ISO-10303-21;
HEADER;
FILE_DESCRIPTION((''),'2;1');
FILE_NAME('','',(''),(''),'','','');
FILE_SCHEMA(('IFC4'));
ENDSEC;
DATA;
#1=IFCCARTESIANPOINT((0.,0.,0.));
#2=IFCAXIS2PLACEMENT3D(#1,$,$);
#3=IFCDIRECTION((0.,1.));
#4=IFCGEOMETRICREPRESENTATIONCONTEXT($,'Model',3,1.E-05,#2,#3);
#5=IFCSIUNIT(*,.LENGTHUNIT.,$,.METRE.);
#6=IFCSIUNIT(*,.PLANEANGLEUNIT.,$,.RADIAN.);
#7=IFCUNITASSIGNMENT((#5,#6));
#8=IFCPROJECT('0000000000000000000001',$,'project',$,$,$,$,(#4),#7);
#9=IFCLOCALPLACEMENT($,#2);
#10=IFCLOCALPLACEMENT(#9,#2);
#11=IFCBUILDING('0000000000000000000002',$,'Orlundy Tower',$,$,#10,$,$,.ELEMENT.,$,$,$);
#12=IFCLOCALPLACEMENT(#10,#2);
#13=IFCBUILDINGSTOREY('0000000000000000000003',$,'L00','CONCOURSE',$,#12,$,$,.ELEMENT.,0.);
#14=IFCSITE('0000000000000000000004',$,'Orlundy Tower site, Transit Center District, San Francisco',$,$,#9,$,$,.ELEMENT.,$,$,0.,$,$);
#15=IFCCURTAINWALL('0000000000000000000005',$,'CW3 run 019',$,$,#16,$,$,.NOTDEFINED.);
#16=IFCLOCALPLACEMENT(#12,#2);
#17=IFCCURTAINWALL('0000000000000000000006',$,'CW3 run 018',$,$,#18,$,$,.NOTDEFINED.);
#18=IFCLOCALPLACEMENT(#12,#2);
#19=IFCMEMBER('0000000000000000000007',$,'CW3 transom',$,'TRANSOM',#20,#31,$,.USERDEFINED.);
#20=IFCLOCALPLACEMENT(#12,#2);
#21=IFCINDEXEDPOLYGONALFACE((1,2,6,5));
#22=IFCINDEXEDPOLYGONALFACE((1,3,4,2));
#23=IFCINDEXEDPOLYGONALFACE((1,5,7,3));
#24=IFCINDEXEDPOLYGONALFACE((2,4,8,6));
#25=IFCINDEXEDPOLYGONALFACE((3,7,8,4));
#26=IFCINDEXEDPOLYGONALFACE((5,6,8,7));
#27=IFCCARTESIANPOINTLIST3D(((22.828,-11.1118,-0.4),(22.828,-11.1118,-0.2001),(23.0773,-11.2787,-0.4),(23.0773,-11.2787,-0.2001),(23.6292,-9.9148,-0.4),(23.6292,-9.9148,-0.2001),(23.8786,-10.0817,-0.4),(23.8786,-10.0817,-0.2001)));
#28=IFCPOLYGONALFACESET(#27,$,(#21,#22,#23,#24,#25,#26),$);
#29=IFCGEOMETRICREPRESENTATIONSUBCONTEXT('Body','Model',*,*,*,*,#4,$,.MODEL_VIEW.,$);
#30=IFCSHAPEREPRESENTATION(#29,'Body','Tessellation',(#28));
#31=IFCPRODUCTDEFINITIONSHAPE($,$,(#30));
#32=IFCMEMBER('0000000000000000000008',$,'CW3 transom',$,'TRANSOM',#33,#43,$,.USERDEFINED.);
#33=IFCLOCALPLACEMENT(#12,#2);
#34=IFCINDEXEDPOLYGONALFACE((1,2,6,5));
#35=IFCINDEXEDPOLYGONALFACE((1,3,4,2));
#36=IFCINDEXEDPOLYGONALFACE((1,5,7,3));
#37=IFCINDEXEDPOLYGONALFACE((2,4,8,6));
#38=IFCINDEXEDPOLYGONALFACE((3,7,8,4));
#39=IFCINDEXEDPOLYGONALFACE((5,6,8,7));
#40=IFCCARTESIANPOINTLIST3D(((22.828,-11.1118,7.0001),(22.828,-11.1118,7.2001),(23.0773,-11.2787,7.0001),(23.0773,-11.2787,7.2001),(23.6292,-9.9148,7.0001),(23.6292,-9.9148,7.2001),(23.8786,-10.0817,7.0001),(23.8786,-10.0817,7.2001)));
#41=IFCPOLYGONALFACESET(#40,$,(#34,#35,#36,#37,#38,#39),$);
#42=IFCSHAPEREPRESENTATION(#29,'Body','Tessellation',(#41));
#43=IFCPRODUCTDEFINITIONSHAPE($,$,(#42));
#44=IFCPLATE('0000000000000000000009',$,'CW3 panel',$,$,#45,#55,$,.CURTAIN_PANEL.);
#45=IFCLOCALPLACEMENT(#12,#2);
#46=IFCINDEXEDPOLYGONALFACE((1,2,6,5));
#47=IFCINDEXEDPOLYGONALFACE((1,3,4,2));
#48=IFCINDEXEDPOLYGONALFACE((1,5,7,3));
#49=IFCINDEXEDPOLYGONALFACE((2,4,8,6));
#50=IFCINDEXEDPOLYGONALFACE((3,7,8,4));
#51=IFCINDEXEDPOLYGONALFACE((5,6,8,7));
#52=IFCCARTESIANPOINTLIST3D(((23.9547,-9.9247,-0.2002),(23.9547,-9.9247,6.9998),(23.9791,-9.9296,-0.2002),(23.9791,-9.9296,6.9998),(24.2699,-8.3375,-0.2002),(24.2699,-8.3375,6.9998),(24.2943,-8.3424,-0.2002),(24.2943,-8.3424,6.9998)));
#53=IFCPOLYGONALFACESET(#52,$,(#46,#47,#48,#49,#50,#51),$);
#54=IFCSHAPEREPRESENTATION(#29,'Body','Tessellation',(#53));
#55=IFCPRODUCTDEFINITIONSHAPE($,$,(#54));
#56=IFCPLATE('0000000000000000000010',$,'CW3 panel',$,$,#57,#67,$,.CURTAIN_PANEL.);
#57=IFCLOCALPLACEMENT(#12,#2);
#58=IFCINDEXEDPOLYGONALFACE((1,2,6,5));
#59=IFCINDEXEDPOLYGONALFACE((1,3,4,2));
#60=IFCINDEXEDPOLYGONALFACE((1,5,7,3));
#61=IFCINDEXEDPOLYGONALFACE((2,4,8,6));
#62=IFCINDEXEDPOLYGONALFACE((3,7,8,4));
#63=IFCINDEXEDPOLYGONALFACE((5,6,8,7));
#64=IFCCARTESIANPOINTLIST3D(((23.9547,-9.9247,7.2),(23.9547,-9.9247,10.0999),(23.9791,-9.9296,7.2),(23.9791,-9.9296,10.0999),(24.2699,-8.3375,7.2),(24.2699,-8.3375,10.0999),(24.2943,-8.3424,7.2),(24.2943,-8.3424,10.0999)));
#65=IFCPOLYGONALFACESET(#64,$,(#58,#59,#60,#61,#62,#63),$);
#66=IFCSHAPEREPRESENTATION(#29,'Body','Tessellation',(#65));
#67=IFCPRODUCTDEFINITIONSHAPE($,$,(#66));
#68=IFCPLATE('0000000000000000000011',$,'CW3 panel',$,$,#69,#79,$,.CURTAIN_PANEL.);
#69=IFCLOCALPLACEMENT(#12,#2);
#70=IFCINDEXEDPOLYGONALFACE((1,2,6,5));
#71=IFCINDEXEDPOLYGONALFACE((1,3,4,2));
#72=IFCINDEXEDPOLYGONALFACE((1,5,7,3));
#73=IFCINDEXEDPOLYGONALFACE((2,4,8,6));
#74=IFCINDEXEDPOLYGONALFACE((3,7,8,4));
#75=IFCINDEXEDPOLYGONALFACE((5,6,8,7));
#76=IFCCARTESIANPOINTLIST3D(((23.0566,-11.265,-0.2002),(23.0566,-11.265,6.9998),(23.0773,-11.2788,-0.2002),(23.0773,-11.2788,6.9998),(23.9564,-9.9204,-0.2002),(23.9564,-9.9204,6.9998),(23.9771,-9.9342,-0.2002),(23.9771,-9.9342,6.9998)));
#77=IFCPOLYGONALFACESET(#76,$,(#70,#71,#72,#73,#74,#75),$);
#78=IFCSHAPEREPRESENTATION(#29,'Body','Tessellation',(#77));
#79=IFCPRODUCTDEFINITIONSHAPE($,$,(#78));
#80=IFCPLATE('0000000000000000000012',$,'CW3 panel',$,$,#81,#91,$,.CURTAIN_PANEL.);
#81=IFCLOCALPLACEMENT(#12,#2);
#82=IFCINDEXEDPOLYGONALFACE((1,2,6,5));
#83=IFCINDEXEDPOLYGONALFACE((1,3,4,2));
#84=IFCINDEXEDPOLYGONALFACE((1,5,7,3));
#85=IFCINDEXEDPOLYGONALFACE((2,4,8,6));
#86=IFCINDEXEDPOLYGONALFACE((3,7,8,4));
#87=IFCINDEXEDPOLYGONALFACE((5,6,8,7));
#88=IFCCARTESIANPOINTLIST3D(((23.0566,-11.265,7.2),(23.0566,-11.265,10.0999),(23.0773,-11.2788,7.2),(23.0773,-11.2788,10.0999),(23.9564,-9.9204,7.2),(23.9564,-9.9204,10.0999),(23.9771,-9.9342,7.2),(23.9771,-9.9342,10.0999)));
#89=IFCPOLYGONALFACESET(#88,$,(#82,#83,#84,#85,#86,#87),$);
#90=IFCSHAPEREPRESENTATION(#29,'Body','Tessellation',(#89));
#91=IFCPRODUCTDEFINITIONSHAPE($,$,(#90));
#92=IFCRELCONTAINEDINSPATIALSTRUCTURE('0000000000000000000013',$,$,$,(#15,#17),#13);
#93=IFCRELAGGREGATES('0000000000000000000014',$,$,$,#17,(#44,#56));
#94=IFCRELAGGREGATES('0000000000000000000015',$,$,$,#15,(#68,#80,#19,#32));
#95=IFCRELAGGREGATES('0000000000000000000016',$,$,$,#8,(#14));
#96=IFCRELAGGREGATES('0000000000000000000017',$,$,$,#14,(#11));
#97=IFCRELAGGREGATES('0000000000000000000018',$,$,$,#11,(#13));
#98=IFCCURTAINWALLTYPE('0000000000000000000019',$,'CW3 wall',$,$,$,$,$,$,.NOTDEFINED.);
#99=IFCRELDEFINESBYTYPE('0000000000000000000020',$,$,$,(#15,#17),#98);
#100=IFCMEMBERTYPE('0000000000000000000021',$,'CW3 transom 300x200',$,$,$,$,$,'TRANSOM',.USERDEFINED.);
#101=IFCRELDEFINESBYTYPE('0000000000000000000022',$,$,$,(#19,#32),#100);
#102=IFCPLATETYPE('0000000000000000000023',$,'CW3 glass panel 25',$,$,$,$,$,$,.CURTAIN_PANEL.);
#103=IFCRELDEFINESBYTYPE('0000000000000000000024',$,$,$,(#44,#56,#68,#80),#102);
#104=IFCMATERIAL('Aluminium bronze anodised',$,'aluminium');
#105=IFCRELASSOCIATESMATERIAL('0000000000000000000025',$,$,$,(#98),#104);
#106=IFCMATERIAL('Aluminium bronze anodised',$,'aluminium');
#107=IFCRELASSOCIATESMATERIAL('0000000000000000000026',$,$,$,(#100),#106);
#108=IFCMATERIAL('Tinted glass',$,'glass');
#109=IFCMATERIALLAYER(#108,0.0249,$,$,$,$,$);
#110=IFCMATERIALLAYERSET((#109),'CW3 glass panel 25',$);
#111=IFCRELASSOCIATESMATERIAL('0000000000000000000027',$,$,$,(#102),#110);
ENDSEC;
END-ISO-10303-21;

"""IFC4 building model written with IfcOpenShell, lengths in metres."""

from ifc_helpers import new_model, si_unit, direction, frame, origin, origin_2d, place, context, subcontext, project, spatial, rectangle, extrude, material, layer, layer_set, material_profile, profile_set, type_object, element, aggregate, save


model = new_model("IFC4")

# Units and contexts
model_context = context("Model", 3, precision=1e-05, world=origin(), true_north=direction((0.0, 1.0)))
body_context = subcontext(model_context, "Body", "Model", "MODEL_VIEW")
ifc_project = project(units=[si_unit("LENGTHUNIT", "METRE"), si_unit("PLANEANGLEUNIT", "RADIAN")], contexts=[model_context])

# Site, building, storey
site_placement = place(None, origin())
site = spatial("IfcSite", under=ifc_project, at=site_placement, Name="Orlundy Tower site, Transit Center District, San Francisco", CompositionType="ELEMENT", RefElevation=0.0)
building_placement = place(site_placement, origin())
building = spatial("IfcBuilding", under=site, at=building_placement, Name="Orlundy Tower", CompositionType="ELEMENT")
storey_placement = place(building_placement, origin())
storey = spatial("IfcBuildingStorey", under=building, at=storey_placement, Name="L00", Description="CONCOURSE", CompositionType="ELEMENT", Elevation=0.0)

# Curtain wall
ifc_material_1 = material(Name="Aluminium bronze anodised", Category="aluminium")
curtain_wall_type = type_object("IfcCurtainWallType", Name="CW3 wall", PredefinedType="NOTDEFINED", material=ifc_material_1)
curtain_wall_1_placement = place(storey_placement, origin())
curtain_wall_1 = element("IfcCurtainWall", 1, at=curtain_wall_1_placement, inside=storey, type_object=curtain_wall_type, Name="CW3 run 019", PredefinedType="NOTDEFINED")

# Curtain wall
curtain_wall_2_placement = place(storey_placement, origin())
curtain_wall_2 = element("IfcCurtainWall", 2, at=curtain_wall_2_placement, inside=storey, type_object=curtain_wall_type, Name="CW3 run 018", PredefinedType="NOTDEFINED")
ifc_material_2 = material(Name="Aluminium bronze anodised", Category="aluminium")
ifc_material_profile_1 = material_profile(ifc_material_2, rectangle(XDim=0.3, YDim=0.2, at=origin_2d()), Name="CW3 transom 300x200")
ifc_profile_set_1 = profile_set([ifc_material_profile_1], Name="Aluminium bronze anodised")
member_type_1 = type_object("IfcMemberType", Name="CW3 transom 300x200", ElementType="TRANSOM", PredefinedType="USERDEFINED", material=ifc_profile_set_1)

# Members
member_1_placement = place(storey_placement, frame((23.7539, -9.9983, -0.3), z_axis=(-0.556264, -0.831006, 0.0), x_axis=(0.831006, -0.556264, 0.0)))
member_1 = element("IfcMember", 3, at=member_1_placement, type_object=member_type_1, Name="CW3 transom", ObjectType="TRANSOM", PredefinedType="USERDEFINED", context=body_context, shape_type="SweptSolid", body=[
    extrude(rectangle(XDim=0.3, YDim=0.2, at=origin_2d()), origin(), (0.0, 0.0, 1.0), 1.4404),
])
member_2_placement = place(storey_placement, frame((23.7539, -9.9983, 7.1001), z_axis=(-0.556264, -0.831006, 0.0), x_axis=(0.831006, -0.556264, 0.0)))
member_2 = element("IfcMember", 4, at=member_2_placement, type_object=member_type_1, Name="CW3 transom", ObjectType="TRANSOM", PredefinedType="USERDEFINED", context=body_context, shape_type="SweptSolid", body=[
    extrude(rectangle(XDim=0.3, YDim=0.2, at=origin_2d()), origin(), (0.0, 0.0, 1.0), 1.4404),
])

# Plates
ifc_material_3 = material(Name="Tinted glass", Category="glass")
ifc_layer = layer(ifc_material_3, 0.0249)
ifc_layer_set = layer_set([ifc_layer], Name="CW3 glass panel 25")
plate_type = type_object("IfcPlateType", Name="CW3 glass panel 25", PredefinedType="CURTAIN_PANEL", material=ifc_layer_set)
plate_1_placement = place(storey_placement, frame((24.1245, -9.1335, -0.2002), z_axis=(0.0, 0.0, 1.0), x_axis=(-0.194761, -0.980851, 0.0)))
plate_1 = element("IfcPlate", 5, at=plate_1_placement, type_object=plate_type, Name="CW3 panel", PredefinedType="CURTAIN_PANEL", context=body_context, shape_type="SweptSolid", body=[
    extrude(rectangle(XDim=1.6182, YDim=0.0249, at=origin_2d()), origin(), (0.0, 0.0, 1.0), 7.2),
])
plate_2_placement = place(storey_placement, frame((24.1245, -9.1335, 7.2), z_axis=(0.0, 0.0, 1.0), x_axis=(-0.194761, -0.980851, 0.0)))
plate_2 = element("IfcPlate", 6, at=plate_2_placement, type_object=plate_type, Name="CW3 panel", PredefinedType="CURTAIN_PANEL", context=body_context, shape_type="SweptSolid", body=[
    extrude(rectangle(XDim=1.6182, YDim=0.0249, at=origin_2d()), origin(), (0.0, 0.0, 1.0), 2.8999),
])
aggregate(curtain_wall_2, [plate_1, plate_2])
plate_3_placement = place(storey_placement, frame((23.5168, -10.5996, -0.2002), z_axis=(0.0, 0.0, 1.0), x_axis=(-0.556178, -0.831063, 0.0)))
plate_3 = element("IfcPlate", 7, at=plate_3_placement, type_object=plate_type, Name="CW3 panel", PredefinedType="CURTAIN_PANEL", context=body_context, shape_type="SweptSolid", body=[
    extrude(rectangle(XDim=1.6179, YDim=0.0249, at=origin_2d()), origin(), (0.0, 0.0, 1.0), 7.2),
])
plate_4_placement = place(storey_placement, frame((23.5168, -10.5996, 7.2), z_axis=(0.0, 0.0, 1.0), x_axis=(-0.556178, -0.831063, 0.0)))
plate_4 = element("IfcPlate", 8, at=plate_4_placement, type_object=plate_type, Name="CW3 panel", PredefinedType="CURTAIN_PANEL", context=body_context, shape_type="SweptSolid", body=[
    extrude(rectangle(XDim=1.6179, YDim=0.0249, at=origin_2d()), origin(), (0.0, 0.0, 1.0), 2.8999),
])
aggregate(curtain_wall_1, [plate_3, plate_4, member_1, member_2])

save(model, "model.ifc")
